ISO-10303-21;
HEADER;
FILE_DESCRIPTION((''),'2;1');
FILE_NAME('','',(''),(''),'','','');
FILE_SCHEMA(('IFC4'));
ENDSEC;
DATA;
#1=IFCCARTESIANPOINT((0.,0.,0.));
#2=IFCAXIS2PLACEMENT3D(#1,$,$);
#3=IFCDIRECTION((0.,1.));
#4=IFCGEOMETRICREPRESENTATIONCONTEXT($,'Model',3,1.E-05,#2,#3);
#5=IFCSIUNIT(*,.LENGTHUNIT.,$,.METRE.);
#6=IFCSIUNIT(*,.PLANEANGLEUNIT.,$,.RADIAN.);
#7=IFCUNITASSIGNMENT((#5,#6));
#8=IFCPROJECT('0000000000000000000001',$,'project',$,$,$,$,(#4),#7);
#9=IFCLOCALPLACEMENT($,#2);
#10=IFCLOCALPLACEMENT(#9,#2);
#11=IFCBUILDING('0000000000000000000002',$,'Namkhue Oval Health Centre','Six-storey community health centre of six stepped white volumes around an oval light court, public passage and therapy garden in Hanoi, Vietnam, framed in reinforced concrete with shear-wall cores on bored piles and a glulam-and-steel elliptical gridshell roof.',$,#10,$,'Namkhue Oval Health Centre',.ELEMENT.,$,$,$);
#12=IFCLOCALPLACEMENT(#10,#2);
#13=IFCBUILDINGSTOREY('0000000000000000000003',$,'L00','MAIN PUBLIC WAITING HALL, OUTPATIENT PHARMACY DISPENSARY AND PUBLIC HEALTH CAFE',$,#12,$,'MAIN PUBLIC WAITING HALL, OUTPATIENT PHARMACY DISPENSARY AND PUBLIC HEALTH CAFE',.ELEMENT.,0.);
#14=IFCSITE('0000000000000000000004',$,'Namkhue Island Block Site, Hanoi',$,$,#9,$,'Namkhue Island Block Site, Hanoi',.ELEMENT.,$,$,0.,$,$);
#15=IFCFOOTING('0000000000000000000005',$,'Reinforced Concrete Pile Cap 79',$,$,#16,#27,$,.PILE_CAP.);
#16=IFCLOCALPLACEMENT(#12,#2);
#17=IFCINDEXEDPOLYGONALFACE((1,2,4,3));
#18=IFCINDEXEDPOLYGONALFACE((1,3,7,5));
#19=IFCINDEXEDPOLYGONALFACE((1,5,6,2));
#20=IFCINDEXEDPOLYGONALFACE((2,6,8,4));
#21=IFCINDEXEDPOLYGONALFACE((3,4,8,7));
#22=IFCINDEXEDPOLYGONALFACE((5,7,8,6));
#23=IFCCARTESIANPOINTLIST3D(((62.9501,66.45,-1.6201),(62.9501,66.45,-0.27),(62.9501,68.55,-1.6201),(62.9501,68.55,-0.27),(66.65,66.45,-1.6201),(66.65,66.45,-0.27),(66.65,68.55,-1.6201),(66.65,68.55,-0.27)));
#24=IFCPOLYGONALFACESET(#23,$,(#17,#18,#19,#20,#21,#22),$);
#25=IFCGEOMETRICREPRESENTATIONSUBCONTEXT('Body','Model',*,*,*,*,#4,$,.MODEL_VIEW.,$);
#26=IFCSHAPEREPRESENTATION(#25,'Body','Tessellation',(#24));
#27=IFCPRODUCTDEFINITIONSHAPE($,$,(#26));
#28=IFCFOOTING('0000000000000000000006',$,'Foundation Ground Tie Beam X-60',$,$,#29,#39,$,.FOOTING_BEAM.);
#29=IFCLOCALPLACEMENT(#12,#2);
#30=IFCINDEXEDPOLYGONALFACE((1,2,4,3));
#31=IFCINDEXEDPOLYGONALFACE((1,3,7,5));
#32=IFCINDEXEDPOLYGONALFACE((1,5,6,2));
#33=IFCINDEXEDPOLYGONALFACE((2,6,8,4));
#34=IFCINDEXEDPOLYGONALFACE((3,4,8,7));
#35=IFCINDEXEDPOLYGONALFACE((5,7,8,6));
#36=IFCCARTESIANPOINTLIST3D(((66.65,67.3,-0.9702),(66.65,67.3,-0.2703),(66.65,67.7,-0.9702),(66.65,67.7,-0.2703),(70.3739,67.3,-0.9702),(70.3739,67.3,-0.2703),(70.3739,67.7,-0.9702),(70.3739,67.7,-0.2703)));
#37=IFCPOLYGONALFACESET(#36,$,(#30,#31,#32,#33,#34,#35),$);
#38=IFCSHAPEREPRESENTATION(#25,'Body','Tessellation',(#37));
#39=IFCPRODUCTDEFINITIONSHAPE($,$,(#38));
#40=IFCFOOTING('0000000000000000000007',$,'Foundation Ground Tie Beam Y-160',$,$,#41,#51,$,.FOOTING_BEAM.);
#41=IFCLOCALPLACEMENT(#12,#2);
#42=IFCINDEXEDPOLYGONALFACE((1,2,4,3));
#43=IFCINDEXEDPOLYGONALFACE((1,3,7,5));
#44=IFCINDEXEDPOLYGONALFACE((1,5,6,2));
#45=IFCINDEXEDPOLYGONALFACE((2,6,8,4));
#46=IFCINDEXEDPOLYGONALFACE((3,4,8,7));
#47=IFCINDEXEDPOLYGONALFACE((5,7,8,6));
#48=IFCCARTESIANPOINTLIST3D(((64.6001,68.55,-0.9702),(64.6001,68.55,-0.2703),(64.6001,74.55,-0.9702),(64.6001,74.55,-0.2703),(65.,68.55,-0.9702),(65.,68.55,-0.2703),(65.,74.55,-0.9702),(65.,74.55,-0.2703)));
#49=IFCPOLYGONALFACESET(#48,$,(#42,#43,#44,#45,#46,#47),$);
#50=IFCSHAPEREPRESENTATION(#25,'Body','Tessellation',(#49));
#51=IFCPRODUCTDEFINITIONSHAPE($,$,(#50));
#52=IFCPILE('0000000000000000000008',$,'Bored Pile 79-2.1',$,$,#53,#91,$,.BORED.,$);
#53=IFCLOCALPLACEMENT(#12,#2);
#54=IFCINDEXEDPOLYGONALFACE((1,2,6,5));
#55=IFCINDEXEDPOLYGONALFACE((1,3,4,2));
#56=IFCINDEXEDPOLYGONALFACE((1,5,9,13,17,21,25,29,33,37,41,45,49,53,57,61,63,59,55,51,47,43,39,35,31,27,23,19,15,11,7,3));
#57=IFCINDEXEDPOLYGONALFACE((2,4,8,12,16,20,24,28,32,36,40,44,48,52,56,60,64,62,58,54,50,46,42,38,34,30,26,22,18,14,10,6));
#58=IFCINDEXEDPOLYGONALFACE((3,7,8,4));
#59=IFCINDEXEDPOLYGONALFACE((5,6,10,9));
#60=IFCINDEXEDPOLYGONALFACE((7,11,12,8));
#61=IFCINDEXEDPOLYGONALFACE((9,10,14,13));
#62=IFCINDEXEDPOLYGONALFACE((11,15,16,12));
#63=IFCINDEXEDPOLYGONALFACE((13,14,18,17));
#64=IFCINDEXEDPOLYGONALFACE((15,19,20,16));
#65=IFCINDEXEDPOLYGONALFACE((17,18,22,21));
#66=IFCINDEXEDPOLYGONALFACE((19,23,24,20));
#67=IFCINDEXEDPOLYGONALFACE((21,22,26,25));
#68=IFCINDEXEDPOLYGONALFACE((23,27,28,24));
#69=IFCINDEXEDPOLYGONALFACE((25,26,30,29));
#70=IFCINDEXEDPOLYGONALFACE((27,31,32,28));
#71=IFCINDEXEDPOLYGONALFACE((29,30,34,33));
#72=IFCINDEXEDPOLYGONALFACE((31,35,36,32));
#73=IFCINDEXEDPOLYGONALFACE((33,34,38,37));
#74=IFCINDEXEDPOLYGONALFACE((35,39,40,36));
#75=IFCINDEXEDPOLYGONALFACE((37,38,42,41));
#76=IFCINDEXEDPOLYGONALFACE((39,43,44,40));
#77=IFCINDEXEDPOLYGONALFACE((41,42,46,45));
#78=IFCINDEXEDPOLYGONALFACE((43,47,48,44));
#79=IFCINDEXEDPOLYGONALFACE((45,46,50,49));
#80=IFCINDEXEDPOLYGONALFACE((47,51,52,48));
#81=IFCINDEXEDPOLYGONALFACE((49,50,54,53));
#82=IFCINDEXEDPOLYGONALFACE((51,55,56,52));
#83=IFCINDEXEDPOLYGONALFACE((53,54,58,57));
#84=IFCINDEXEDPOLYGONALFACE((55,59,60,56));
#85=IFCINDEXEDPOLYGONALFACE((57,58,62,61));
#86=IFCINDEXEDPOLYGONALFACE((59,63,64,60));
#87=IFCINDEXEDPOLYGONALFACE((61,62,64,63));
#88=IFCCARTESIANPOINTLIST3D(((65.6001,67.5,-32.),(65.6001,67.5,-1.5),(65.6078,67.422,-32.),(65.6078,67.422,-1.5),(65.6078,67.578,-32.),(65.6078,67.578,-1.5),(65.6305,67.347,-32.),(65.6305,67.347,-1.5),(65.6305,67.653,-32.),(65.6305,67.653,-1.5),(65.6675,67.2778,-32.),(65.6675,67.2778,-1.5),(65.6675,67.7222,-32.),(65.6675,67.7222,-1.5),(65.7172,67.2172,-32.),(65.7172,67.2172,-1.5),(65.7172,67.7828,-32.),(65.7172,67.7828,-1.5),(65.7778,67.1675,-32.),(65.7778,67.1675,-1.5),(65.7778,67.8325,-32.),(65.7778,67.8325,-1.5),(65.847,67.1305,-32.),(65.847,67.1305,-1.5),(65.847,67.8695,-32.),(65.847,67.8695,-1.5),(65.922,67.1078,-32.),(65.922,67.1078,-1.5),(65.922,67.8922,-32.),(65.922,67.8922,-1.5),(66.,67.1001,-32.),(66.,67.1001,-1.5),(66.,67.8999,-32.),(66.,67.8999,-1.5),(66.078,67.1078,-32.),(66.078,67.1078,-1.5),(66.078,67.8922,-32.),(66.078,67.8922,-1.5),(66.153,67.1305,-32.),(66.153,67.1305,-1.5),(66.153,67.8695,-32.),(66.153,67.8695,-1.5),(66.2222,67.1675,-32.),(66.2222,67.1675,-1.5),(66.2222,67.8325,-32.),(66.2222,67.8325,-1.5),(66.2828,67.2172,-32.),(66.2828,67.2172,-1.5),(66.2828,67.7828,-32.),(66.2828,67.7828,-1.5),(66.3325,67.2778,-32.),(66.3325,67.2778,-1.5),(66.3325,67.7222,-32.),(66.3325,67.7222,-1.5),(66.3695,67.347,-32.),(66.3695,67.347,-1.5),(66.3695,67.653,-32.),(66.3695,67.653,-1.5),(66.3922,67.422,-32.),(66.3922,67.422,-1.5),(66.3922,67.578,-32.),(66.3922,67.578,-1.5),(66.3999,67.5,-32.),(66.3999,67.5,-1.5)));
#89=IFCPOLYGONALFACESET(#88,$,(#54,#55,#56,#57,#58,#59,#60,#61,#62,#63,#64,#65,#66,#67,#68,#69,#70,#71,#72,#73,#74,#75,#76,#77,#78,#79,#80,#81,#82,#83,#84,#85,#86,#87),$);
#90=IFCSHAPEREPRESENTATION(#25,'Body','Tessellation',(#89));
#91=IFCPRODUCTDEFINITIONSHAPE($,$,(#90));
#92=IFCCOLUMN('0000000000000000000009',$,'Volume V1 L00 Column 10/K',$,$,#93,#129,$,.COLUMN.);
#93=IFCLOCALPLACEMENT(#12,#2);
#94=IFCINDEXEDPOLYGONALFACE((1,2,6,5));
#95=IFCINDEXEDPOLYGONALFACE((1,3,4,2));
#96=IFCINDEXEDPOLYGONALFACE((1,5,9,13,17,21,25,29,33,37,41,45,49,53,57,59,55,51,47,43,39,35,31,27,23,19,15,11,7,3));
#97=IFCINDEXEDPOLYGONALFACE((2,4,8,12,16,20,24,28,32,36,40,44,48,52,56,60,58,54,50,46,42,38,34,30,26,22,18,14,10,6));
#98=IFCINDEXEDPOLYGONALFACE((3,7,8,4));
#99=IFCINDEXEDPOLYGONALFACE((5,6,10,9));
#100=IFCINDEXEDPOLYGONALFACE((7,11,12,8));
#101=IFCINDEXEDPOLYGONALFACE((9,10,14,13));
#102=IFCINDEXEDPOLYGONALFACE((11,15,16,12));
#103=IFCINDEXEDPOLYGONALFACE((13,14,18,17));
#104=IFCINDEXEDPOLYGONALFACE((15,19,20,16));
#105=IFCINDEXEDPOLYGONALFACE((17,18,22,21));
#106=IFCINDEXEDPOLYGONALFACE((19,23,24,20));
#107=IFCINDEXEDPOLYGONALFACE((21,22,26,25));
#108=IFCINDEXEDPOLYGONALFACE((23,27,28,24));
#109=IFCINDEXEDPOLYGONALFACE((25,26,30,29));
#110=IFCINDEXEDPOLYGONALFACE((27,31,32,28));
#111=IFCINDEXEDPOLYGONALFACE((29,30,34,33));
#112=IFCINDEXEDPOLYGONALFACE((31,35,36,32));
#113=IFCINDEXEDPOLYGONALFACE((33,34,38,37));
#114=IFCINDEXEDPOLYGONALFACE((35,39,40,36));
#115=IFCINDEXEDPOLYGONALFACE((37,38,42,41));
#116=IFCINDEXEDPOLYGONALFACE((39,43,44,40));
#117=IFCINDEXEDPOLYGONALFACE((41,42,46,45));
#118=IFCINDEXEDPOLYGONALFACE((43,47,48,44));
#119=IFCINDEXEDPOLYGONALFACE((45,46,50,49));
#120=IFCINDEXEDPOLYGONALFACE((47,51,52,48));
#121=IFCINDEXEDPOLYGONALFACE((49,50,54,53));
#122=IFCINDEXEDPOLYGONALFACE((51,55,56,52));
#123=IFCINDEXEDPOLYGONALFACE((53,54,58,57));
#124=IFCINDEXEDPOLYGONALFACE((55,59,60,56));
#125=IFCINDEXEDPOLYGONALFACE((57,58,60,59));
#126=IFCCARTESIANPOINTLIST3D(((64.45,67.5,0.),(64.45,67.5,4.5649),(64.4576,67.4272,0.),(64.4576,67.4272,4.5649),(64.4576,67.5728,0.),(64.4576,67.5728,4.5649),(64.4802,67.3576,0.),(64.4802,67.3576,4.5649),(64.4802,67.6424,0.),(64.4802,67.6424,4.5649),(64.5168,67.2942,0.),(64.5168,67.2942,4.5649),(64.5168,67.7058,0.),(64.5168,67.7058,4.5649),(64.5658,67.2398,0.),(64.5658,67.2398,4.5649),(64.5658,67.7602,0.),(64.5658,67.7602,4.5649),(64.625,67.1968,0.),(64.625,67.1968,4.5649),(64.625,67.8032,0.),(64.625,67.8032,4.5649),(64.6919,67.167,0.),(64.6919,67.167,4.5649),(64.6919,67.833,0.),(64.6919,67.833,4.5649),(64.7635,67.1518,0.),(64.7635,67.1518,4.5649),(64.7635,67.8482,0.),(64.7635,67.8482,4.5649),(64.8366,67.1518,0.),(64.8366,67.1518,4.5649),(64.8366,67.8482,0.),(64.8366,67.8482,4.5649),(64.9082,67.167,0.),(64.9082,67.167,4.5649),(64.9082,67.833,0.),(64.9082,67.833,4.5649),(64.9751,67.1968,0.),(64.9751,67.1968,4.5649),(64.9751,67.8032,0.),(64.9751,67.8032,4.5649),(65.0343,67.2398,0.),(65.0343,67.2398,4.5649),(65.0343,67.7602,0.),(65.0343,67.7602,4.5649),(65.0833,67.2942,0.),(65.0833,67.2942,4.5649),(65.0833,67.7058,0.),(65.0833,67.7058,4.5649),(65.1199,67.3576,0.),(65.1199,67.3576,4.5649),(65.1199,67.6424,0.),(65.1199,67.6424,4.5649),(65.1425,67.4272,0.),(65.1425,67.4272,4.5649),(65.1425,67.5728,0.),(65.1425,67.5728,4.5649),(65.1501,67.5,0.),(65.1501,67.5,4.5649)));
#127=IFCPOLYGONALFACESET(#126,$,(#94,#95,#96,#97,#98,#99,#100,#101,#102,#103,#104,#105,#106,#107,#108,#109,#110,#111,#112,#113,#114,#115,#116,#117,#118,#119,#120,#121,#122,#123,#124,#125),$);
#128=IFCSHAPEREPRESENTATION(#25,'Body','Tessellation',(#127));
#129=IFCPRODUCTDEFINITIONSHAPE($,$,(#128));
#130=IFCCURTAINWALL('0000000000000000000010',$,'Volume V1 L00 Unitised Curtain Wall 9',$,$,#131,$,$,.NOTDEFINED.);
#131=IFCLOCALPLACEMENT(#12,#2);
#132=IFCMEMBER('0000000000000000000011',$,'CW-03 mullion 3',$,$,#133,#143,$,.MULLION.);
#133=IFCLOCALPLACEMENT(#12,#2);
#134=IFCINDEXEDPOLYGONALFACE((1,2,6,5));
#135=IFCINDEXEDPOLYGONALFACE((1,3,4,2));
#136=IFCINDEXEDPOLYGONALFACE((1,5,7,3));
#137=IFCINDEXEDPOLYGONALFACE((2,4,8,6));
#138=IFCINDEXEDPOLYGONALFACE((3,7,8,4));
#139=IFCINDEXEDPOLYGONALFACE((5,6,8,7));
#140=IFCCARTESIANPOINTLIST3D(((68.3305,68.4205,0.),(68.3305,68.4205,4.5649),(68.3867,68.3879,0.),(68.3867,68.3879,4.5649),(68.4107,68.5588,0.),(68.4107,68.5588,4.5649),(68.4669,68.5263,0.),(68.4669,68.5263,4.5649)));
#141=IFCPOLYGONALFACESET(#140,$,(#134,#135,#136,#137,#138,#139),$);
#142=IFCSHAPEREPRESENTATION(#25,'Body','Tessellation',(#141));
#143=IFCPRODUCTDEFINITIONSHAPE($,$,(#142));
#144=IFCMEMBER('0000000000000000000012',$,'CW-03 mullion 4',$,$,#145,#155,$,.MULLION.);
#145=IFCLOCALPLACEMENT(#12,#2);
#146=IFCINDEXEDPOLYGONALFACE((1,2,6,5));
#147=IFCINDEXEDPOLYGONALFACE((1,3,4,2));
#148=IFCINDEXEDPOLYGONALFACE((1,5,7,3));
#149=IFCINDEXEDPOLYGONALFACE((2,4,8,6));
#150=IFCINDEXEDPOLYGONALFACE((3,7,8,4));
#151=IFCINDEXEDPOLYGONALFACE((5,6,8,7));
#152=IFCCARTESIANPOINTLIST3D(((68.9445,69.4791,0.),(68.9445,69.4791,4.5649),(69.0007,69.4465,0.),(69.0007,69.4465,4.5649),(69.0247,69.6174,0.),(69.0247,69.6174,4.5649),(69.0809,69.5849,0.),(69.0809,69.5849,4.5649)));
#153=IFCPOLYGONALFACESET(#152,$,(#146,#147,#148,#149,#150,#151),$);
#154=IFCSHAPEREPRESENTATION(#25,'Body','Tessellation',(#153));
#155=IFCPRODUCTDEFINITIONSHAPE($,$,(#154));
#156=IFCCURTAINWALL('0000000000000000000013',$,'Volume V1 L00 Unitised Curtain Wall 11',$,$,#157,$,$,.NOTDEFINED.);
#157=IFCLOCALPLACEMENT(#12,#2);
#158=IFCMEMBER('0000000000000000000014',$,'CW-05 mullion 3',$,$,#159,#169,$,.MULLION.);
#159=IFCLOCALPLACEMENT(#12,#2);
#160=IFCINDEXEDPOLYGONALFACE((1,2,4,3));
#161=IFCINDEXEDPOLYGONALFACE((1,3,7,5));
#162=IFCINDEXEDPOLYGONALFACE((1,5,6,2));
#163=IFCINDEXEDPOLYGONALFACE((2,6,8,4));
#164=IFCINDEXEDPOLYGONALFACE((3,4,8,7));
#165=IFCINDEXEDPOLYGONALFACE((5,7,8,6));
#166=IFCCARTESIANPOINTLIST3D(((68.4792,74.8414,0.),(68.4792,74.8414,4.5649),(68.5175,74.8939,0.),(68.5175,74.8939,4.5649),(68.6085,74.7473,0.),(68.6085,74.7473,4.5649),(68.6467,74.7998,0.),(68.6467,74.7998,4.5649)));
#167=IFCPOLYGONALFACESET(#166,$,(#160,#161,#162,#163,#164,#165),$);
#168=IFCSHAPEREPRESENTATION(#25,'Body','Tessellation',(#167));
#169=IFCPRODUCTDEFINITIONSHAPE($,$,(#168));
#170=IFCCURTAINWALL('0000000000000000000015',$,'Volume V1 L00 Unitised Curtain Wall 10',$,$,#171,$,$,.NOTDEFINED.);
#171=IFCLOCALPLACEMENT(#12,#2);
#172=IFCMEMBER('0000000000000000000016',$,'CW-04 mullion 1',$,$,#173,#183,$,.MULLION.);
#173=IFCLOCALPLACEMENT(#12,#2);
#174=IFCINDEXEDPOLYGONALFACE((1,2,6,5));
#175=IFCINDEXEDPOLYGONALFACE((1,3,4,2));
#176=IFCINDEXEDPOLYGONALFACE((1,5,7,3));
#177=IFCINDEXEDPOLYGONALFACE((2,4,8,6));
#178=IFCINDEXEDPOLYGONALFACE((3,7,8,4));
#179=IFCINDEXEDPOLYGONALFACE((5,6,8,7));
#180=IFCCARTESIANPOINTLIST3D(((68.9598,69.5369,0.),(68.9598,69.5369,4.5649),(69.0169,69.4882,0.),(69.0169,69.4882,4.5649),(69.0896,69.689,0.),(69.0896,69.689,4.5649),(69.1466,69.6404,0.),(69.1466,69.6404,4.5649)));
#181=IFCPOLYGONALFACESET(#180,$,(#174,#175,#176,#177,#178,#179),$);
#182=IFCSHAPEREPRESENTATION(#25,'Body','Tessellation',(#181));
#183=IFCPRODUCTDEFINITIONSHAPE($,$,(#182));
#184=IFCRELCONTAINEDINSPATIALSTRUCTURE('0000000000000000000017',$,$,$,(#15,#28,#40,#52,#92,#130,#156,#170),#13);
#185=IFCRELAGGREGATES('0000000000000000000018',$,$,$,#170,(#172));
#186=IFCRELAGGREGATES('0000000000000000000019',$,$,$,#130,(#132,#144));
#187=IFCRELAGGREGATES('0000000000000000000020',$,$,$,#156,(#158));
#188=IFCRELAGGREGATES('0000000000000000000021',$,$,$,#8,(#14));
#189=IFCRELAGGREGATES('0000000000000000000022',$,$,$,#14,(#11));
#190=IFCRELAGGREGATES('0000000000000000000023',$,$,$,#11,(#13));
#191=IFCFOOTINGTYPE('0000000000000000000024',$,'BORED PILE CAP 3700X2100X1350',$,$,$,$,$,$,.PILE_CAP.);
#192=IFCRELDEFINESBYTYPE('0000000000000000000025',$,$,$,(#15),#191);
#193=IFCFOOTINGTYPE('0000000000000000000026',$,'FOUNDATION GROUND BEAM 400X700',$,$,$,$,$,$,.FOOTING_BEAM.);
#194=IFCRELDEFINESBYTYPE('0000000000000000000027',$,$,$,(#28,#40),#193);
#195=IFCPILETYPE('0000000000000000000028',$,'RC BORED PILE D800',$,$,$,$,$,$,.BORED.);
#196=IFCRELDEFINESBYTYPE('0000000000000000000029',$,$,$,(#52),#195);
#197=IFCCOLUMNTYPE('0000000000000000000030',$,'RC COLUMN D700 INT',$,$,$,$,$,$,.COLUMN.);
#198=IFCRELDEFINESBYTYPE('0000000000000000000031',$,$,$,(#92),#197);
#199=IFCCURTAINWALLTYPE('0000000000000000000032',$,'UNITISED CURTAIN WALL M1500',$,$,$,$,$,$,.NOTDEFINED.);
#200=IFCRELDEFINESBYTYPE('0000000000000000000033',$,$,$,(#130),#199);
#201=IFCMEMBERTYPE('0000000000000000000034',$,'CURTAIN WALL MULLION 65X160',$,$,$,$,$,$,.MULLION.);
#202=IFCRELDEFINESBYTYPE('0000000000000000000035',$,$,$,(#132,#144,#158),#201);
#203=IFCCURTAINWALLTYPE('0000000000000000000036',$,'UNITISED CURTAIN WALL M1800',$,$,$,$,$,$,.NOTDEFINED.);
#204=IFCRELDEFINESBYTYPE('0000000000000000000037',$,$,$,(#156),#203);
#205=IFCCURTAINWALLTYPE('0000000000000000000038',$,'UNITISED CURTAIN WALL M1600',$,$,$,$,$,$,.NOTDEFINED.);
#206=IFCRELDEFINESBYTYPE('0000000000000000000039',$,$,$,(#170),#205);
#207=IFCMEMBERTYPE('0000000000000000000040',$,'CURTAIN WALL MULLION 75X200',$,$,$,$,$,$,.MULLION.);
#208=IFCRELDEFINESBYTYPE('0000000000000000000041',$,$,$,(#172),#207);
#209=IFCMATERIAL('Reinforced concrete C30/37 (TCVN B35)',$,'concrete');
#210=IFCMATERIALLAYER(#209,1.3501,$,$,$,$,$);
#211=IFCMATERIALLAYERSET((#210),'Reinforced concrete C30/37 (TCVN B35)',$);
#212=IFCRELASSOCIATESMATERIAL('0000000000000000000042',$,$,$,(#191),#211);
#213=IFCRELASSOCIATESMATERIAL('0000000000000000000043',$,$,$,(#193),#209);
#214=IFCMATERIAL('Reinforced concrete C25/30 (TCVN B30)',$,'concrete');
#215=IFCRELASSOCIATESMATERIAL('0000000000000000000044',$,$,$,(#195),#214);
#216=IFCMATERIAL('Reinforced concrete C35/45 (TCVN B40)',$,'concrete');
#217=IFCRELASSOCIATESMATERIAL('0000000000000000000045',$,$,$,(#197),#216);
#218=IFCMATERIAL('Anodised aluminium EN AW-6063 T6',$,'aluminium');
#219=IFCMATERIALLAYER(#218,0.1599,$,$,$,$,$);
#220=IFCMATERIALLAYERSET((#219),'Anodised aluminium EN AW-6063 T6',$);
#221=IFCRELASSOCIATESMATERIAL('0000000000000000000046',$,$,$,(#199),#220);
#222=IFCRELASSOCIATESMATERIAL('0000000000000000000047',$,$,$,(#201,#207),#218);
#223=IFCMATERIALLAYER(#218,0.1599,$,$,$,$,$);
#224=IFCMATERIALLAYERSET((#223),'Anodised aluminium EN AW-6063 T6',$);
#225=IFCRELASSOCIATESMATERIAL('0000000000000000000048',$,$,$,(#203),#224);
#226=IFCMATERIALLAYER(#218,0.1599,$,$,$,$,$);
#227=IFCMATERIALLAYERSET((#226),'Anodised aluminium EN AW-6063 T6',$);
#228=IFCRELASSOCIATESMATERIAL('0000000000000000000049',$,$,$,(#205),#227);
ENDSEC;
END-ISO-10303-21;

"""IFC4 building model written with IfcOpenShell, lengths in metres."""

from ifc_helpers import new_model, si_unit, direction, frame, origin, origin_2d, place, context, subcontext, project, spatial, rectangle, circle, extrude, material, layer, layer_set, material_profile, profile_set, type_object, element, aggregate, save


model = new_model("IFC4")

# Units and contexts
model_context = context("Model", 3, precision=1e-05, world=origin(), true_north=direction((0.0, 1.0)))
body_context = subcontext(model_context, "Body", "Model", "MODEL_VIEW")
ifc_project = project(units=[si_unit("LENGTHUNIT", "METRE"), si_unit("PLANEANGLEUNIT", "RADIAN")], contexts=[model_context])

# Site, building, storey
site_placement = place(None, origin())
site = spatial("IfcSite", under=ifc_project, at=site_placement, Name="Namkhue Island Block Site, Hanoi", LongName="Namkhue Island Block Site, Hanoi", CompositionType="ELEMENT", RefElevation=0.0)
building_placement = place(site_placement, origin())
building = spatial("IfcBuilding", under=site, at=building_placement, Name="Namkhue Oval Health Centre", Description="Six-storey community health centre of six stepped white volumes around an oval light court, public passage and therapy garden in Hanoi, Vietnam, framed in reinforced concrete with shear-wall cores on bored piles and a glulam-and-steel elliptical gridshell roof.", LongName="Namkhue Oval Health Centre", CompositionType="ELEMENT")
storey_placement = place(building_placement, origin())
storey = spatial("IfcBuildingStorey", under=building, at=storey_placement, Name="L00", Description="MAIN PUBLIC WAITING HALL, OUTPATIENT PHARMACY DISPENSARY AND PUBLIC HEALTH CAFE", LongName="MAIN PUBLIC WAITING HALL, OUTPATIENT PHARMACY DISPENSARY AND PUBLIC HEALTH CAFE", CompositionType="ELEMENT", Elevation=0.0)

# Footings
ifc_material_1 = material(Name="Reinforced concrete C30/37 (TCVN B35)", Category="concrete")
ifc_layer_1 = layer(ifc_material_1, 1.3501)
ifc_layer_set_1 = layer_set([ifc_layer_1], Name="Reinforced concrete C30/37 (TCVN B35)")
footing_type_1 = type_object("IfcFootingType", Name="BORED PILE CAP 3700X2100X1350", PredefinedType="PILE_CAP", material=ifc_layer_set_1)
footing_1_placement = place(storey_placement, frame((64.8, 67.5, -1.6201), z_axis=(0.0, 0.0, 1.0), x_axis=(1.0, 0.0, 0.0)))
element("IfcFooting", 1, at=footing_1_placement, inside=storey, type_object=footing_type_1, Name="Reinforced Concrete Pile Cap 79", PredefinedType="PILE_CAP", context=body_context, shape_type="SweptSolid", body=[
    extrude(rectangle(XDim=3.7, YDim=2.1001, at=origin_2d()), origin(), (0.0, 0.0, 1.0), 1.3501),
])
footing_type_2 = type_object("IfcFootingType", Name="FOUNDATION GROUND BEAM 400X700", PredefinedType="FOOTING_BEAM", material=ifc_material_1)
footing_2_placement = place(storey_placement, frame((68.512, 67.5, -0.9702), z_axis=(0.0, 0.0, 1.0), x_axis=(1.0, 0.0, 0.0)))
element("IfcFooting", 2, at=footing_2_placement, inside=storey, type_object=footing_type_2, Name="Foundation Ground Tie Beam X-60", PredefinedType="FOOTING_BEAM", context=body_context, shape_type="SweptSolid", body=[
    extrude(rectangle(XDim=3.7239, YDim=0.3999, at=origin_2d()), origin(), (0.0, 0.0, 1.0), 0.7),
])
footing_3_placement = place(storey_placement, frame((64.8, 71.55, -0.9702), z_axis=(0.0, 0.0, 1.0), x_axis=(0.0, 1.0, 0.0)))
element("IfcFooting", 3, at=footing_3_placement, inside=storey, type_object=footing_type_2, Name="Foundation Ground Tie Beam Y-160", PredefinedType="FOOTING_BEAM", context=body_context, shape_type="SweptSolid", body=[
    extrude(rectangle(XDim=6.0, YDim=0.3999, at=origin_2d()), origin(), (0.0, 0.0, 1.0), 0.7),
])

# Pile
ifc_material_2 = material(Name="Reinforced concrete C25/30 (TCVN B30)", Category="concrete")
ifc_material_profile_1 = material_profile(ifc_material_2, circle(Radius=0.3999, at=origin_2d()), Name="BORED PILE D800")
ifc_profile_set_1 = profile_set([ifc_material_profile_1], Name="Reinforced concrete C25/30 (TCVN B30)")
pile_type = type_object("IfcPileType", Name="RC BORED PILE D800", PredefinedType="BORED", material=ifc_profile_set_1)
pile_placement = place(storey_placement, frame((66.0, 67.5, -1.5), z_axis=(0.0, 0.0, -1.0), x_axis=(1.0, 0.0, 0.0)))
element("IfcPile", 4, at=pile_placement, inside=storey, type_object=pile_type, Name="Bored Pile 79-2.1", PredefinedType="BORED", context=body_context, shape_type="SweptSolid", body=[
    extrude(circle(Radius=0.3999, at=origin_2d()), origin(), (0.0, 0.0, 1.0), 30.5),
])

# Column
ifc_material_3 = material(Name="Reinforced concrete C35/45 (TCVN B40)", Category="concrete")
ifc_material_profile_2 = material_profile(ifc_material_3, circle(Radius=0.3501, at=origin_2d()), Name="RC D700")
ifc_profile_set_2 = profile_set([ifc_material_profile_2], Name="Reinforced concrete C35/45 (TCVN B40)")
column_type = type_object("IfcColumnType", Name="RC COLUMN D700 INT", PredefinedType="COLUMN", material=ifc_profile_set_2)
column_placement = place(storey_placement, frame((64.8, 67.5, 0.0), z_axis=(0.0, 0.0, 1.0), x_axis=(1.0, 0.0, 0.0)))
element("IfcColumn", 5, at=column_placement, inside=storey, type_object=column_type, Name="Volume V1 L00 Column 10/K", PredefinedType="COLUMN", context=body_context, shape_type="SweptSolid", body=[
    extrude(circle(Radius=0.3501, at=origin_2d()), origin(), (0.0, 0.0, 1.0), 4.5649),
])

# Curtain wall, members
ifc_material_4 = material(Name="Anodised aluminium EN AW-6063 T6", Category="aluminium")
ifc_layer_2 = layer(ifc_material_4, 0.1599)
ifc_layer_set_2 = layer_set([ifc_layer_2], Name="Anodised aluminium EN AW-6063 T6")
curtain_wall_type_1 = type_object("IfcCurtainWallType", Name="UNITISED CURTAIN WALL M1500", PredefinedType="NOTDEFINED", material=ifc_layer_set_2)
curtain_wall_1_placement = place(storey_placement, origin())
curtain_wall_1 = element("IfcCurtainWall", 6, at=curtain_wall_1_placement, inside=storey, type_object=curtain_wall_type_1, Name="Volume V1 L00 Unitised Curtain Wall 9", PredefinedType="NOTDEFINED")
ifc_material_profile_3 = material_profile(ifc_material_4, rectangle(XDim=0.0649, YDim=0.1599, at=origin_2d()), Name="ALU 65x160")
ifc_profile_set_3 = profile_set([ifc_material_profile_3], Name="Anodised aluminium EN AW-6063 T6")
member_type_1 = type_object("IfcMemberType", Name="CURTAIN WALL MULLION 65X160", PredefinedType="MULLION", material=ifc_profile_set_3)
member_1_placement = place(storey_placement, frame((68.3987, 68.4734, 0.0), z_axis=(0.0, 0.0, 1.0), x_axis=(-0.865008, 0.501758, 0.0)))
member_1 = element("IfcMember", 7, at=member_1_placement, type_object=member_type_1, Name="CW-03 mullion 3", PredefinedType="MULLION", context=body_context, shape_type="SweptSolid", body=[
    extrude(rectangle(XDim=0.0649, YDim=0.1599, at=origin_2d()), origin(), (0.0, 0.0, 1.0), 4.5649),
])
member_2_placement = place(storey_placement, frame((69.0127, 69.532, 0.0), z_axis=(0.0, 0.0, 1.0), x_axis=(-0.865008, 0.501758, 0.0)))
member_2 = element("IfcMember", 8, at=member_2_placement, type_object=member_type_1, Name="CW-03 mullion 4", PredefinedType="MULLION", context=body_context, shape_type="SweptSolid", body=[
    extrude(rectangle(XDim=0.0649, YDim=0.1599, at=origin_2d()), origin(), (0.0, 0.0, 1.0), 4.5649),
])

# Curtain walls, members
ifc_layer_3 = layer(ifc_material_4, 0.1599)
ifc_layer_set_3 = layer_set([ifc_layer_3], Name="Anodised aluminium EN AW-6063 T6")
curtain_wall_type_2 = type_object("IfcCurtainWallType", Name="UNITISED CURTAIN WALL M1800", PredefinedType="NOTDEFINED", material=ifc_layer_set_3)
curtain_wall_2_placement = place(storey_placement, origin())
curtain_wall_2 = element("IfcCurtainWall", 9, at=curtain_wall_2_placement, inside=storey, type_object=curtain_wall_type_2, Name="Volume V1 L00 Unitised Curtain Wall 11", PredefinedType="NOTDEFINED")
member_3_placement = place(storey_placement, frame((68.563, 74.8206, 0.0), z_axis=(0.0, 0.0, 1.0), x_axis=(-0.588477, -0.808514, 0.0)))
member_3 = element("IfcMember", 10, at=member_3_placement, type_object=member_type_1, Name="CW-05 mullion 3", PredefinedType="MULLION", context=body_context, shape_type="SweptSolid", body=[
    extrude(rectangle(XDim=0.0649, YDim=0.1599, at=origin_2d()), origin(), (0.0, 0.0, 1.0), 4.5649),
])
ifc_layer_4 = layer(ifc_material_4, 0.1599)
ifc_layer_set_4 = layer_set([ifc_layer_4], Name="Anodised aluminium EN AW-6063 T6")
curtain_wall_type_3 = type_object("IfcCurtainWallType", Name="UNITISED CURTAIN WALL M1600", PredefinedType="NOTDEFINED", material=ifc_layer_set_4)
curtain_wall_3_placement = place(storey_placement, origin())
curtain_wall_3 = element("IfcCurtainWall", 11, at=curtain_wall_3_placement, inside=storey, type_object=curtain_wall_type_3, Name="Volume V1 L00 Unitised Curtain Wall 10", PredefinedType="NOTDEFINED")
ifc_material_profile_4 = material_profile(ifc_material_4, rectangle(XDim=0.075, YDim=0.2, at=origin_2d()), Name="ALU 75x200")
ifc_profile_set_4 = profile_set([ifc_material_profile_4], Name="Anodised aluminium EN AW-6063 T6")
member_type_2 = type_object("IfcMemberType", Name="CURTAIN WALL MULLION 75X200", PredefinedType="MULLION", material=ifc_profile_set_4)
member_4_placement = place(storey_placement, frame((69.0532, 69.5886, 0.0), z_axis=(0.0, 0.0, 1.0), x_axis=(-0.761005, 0.648746, 0.0)))
member_4 = element("IfcMember", 12, at=member_4_placement, type_object=member_type_2, Name="CW-04 mullion 1", PredefinedType="MULLION", context=body_context, shape_type="SweptSolid", body=[
    extrude(rectangle(XDim=0.075, YDim=0.2, at=origin_2d()), origin(), (0.0, 0.0, 1.0), 4.5649),
])

aggregate(curtain_wall_3, [member_4])

aggregate(curtain_wall_1, [member_1, member_2])
aggregate(curtain_wall_2, [member_3])

save(model, "model.ifc")
